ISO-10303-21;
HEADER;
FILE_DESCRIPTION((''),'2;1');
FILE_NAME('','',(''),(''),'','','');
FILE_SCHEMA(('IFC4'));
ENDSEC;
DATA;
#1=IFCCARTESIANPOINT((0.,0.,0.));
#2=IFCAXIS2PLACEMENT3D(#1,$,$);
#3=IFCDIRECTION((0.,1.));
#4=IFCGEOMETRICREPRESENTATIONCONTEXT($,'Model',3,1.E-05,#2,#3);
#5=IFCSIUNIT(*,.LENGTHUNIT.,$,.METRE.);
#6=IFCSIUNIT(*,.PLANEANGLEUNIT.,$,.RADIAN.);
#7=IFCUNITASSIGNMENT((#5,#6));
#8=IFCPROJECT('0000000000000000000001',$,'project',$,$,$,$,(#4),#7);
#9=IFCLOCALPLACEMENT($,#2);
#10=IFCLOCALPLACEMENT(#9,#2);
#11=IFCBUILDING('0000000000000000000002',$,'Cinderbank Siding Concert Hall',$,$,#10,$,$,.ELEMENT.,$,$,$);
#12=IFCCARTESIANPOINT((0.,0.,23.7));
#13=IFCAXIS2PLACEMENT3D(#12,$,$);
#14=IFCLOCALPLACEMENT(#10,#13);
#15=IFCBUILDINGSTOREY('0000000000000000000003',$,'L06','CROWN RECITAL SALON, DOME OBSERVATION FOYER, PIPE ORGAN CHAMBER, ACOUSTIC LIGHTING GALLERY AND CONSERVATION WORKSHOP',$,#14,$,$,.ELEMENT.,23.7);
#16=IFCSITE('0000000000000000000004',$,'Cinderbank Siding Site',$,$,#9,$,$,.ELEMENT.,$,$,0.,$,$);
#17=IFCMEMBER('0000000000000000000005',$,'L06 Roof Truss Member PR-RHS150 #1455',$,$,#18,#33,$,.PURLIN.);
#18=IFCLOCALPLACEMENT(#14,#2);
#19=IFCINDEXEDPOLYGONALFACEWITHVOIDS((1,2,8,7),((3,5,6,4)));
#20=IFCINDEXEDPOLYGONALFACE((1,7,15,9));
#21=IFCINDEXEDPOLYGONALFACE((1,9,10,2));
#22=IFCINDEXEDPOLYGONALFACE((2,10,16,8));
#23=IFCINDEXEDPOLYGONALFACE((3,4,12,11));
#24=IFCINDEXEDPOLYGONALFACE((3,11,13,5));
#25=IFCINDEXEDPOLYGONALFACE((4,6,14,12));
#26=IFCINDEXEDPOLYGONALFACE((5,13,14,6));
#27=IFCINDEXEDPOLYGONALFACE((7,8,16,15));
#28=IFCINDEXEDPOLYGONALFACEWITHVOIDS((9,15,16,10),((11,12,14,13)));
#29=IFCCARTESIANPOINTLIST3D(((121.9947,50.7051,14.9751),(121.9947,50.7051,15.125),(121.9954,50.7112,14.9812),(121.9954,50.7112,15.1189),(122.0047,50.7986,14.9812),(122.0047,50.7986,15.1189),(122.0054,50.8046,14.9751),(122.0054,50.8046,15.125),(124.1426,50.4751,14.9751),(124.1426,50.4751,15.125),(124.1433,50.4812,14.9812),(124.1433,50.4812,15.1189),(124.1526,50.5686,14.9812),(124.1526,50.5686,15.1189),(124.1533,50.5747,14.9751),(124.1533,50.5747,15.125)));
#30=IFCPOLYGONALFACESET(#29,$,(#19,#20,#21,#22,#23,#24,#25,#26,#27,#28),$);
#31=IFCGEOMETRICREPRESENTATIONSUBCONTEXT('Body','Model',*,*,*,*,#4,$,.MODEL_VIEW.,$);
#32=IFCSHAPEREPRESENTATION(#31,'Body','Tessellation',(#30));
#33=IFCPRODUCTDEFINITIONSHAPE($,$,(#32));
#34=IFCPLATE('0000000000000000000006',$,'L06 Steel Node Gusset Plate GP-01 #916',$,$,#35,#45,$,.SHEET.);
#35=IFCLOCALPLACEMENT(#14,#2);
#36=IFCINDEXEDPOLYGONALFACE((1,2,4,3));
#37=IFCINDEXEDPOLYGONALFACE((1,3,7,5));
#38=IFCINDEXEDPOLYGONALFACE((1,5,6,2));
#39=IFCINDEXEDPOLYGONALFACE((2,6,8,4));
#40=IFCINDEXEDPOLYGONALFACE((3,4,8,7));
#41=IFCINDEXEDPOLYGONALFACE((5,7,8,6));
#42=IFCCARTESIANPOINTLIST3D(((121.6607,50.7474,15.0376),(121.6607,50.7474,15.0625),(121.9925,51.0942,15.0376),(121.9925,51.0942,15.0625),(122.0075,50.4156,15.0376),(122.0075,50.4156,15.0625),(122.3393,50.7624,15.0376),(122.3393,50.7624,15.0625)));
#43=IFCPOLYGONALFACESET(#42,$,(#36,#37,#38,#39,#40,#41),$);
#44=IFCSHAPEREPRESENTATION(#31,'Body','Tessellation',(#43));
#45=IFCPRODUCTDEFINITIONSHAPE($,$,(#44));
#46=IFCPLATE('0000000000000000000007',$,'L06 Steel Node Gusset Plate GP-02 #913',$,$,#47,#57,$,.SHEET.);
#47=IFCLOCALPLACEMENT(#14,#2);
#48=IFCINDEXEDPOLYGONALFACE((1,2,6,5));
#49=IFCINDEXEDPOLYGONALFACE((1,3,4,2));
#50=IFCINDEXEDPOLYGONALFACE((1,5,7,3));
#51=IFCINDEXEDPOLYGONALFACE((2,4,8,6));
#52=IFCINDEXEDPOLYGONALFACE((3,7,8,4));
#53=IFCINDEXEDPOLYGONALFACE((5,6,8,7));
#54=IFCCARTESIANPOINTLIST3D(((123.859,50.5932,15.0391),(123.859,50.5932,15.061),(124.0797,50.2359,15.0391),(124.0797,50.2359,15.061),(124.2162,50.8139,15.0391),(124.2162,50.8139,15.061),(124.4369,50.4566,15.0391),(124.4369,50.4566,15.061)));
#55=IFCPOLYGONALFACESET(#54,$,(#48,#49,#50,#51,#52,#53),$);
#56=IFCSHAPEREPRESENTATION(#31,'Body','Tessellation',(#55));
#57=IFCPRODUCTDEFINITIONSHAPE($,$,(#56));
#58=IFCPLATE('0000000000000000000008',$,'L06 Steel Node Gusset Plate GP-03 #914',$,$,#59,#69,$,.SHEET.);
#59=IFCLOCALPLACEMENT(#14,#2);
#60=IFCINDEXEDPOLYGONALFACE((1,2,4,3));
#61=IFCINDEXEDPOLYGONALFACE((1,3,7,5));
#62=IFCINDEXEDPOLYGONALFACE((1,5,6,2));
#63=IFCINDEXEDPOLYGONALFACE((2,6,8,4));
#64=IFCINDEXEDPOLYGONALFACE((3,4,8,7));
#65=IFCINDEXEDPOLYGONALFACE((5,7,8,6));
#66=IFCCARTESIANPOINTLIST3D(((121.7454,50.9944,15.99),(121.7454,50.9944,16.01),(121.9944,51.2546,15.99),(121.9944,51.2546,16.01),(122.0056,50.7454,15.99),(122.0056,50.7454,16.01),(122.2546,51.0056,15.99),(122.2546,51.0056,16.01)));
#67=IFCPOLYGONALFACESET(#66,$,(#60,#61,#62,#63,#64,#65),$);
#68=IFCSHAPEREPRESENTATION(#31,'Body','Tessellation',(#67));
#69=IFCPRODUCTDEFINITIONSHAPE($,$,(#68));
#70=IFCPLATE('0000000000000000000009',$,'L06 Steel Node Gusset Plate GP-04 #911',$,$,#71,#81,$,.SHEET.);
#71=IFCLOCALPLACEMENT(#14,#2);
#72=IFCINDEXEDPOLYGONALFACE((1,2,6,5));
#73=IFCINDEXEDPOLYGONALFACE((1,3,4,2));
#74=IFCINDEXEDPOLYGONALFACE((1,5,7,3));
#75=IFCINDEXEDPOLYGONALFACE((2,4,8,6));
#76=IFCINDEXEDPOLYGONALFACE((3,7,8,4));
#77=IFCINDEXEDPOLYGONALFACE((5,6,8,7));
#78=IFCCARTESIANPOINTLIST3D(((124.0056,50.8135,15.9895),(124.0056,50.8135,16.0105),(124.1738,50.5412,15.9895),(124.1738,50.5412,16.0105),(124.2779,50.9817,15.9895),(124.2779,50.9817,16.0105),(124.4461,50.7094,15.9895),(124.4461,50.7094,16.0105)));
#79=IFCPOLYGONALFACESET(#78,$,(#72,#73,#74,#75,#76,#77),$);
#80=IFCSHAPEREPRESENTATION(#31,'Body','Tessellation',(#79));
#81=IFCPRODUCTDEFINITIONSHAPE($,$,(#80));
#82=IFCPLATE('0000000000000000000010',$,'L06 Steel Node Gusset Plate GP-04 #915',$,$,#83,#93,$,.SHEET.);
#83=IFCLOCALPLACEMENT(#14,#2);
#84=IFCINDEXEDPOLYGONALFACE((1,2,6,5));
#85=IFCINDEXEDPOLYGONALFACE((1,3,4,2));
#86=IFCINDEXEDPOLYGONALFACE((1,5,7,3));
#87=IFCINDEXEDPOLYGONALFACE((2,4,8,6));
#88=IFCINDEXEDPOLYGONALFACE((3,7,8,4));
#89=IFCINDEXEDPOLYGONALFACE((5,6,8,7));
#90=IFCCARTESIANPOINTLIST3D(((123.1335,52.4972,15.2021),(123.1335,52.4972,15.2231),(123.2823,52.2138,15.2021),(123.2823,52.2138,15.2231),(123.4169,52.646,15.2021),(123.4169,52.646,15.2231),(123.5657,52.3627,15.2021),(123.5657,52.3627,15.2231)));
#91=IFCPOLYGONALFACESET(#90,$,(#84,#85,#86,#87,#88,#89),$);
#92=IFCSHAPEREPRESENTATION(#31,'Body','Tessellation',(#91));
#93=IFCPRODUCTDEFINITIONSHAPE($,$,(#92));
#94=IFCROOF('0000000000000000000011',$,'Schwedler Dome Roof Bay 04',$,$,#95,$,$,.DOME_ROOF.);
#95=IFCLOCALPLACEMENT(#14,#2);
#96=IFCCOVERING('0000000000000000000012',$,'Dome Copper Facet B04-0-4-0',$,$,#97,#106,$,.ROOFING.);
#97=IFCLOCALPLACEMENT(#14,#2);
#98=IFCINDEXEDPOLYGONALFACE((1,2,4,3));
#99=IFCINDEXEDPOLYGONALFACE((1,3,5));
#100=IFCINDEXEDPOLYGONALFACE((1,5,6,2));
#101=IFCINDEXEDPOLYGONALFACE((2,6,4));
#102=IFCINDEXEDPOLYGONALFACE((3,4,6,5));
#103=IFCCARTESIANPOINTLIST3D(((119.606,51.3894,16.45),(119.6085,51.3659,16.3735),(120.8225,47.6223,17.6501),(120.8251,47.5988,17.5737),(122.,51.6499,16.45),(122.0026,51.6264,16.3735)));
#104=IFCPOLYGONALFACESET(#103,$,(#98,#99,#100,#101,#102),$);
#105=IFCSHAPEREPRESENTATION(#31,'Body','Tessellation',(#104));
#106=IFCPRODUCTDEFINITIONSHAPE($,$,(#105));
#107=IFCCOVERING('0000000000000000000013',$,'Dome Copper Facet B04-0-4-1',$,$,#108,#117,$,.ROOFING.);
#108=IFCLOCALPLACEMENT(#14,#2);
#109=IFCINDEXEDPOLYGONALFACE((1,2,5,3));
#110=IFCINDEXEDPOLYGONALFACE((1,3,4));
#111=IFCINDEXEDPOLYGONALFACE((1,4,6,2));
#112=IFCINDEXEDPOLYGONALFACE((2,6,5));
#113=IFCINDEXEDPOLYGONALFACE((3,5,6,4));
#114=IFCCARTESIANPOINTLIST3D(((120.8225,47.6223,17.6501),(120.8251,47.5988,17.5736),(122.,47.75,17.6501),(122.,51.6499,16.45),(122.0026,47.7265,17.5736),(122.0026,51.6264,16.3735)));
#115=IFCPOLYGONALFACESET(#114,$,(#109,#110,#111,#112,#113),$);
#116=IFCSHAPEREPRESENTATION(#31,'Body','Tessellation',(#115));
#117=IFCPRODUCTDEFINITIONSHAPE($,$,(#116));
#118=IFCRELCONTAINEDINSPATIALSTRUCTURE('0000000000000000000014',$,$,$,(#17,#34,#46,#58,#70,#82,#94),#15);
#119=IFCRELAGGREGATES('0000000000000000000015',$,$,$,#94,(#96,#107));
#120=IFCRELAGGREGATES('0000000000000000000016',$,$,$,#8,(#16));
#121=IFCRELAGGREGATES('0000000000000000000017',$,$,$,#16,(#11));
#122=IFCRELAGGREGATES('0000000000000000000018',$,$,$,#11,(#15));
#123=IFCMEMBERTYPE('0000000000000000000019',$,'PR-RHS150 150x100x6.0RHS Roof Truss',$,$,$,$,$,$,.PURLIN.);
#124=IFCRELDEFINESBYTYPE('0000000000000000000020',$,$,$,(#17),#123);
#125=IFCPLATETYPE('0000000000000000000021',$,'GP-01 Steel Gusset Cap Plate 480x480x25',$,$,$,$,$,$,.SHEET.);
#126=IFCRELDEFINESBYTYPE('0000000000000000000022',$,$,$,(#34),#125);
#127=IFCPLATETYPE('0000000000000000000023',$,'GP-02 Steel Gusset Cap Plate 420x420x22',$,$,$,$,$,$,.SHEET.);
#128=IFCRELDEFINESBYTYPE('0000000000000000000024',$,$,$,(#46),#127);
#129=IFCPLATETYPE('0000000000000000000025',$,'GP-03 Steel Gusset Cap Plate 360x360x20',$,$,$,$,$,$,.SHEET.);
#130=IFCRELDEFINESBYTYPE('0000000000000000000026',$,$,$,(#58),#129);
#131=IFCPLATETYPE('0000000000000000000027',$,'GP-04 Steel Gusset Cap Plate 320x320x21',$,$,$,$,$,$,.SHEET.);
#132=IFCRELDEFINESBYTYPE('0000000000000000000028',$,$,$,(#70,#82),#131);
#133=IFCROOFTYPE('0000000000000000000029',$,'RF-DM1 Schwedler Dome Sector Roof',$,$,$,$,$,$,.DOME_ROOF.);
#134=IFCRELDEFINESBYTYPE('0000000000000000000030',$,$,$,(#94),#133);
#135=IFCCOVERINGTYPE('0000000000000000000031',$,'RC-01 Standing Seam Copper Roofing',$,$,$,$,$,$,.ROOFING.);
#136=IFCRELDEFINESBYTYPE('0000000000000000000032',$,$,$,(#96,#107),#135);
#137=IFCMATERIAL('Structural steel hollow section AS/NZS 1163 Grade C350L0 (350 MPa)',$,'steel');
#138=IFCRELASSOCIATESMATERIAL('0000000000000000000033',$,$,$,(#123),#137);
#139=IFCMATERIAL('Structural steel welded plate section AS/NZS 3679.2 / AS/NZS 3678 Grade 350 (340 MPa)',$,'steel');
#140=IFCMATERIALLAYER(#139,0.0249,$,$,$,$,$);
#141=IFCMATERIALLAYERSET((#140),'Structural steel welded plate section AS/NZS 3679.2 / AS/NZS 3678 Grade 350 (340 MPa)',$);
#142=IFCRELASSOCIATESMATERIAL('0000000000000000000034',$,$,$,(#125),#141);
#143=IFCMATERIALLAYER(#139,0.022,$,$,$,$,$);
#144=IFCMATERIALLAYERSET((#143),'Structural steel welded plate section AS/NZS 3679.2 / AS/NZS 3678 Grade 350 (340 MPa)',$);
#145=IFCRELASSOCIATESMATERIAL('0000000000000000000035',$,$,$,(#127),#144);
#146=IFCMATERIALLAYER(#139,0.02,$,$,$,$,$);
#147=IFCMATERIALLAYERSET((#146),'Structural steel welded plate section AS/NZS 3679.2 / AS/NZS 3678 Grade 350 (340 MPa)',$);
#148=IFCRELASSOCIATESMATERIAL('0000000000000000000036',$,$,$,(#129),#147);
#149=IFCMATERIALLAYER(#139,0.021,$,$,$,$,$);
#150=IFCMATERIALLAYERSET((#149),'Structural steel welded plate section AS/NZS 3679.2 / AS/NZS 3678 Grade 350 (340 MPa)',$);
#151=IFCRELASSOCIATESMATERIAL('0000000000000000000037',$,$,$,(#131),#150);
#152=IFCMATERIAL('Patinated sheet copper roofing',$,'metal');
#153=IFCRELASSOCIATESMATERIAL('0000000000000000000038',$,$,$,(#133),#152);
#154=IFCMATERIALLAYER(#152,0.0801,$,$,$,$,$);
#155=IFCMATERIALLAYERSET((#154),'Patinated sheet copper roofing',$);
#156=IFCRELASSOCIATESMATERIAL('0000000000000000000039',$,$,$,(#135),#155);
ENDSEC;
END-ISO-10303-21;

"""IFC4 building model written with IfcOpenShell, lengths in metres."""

from ifc_helpers import new_model, si_unit, direction, frame, origin, origin_2d, place, context, subcontext, project, spatial, polyline, rectangle, hollow_rectangle, outline, extrude, material, layer, layer_set, material_profile, profile_set, type_object, element, aggregate, save


model = new_model("IFC4")

# Units and contexts
model_context = context("Model", 3, precision=1e-05, world=origin(), true_north=direction((0.0, 1.0)))
body_context = subcontext(model_context, "Body", "Model", "MODEL_VIEW")
ifc_project = project(units=[si_unit("LENGTHUNIT", "METRE"), si_unit("PLANEANGLEUNIT", "RADIAN")], contexts=[model_context])

# Site, building, storey
site_placement = place(None, origin())
site = spatial("IfcSite", under=ifc_project, at=site_placement, Name="Cinderbank Siding Site", CompositionType="ELEMENT", RefElevation=0.0)
building_placement = place(site_placement, origin())
building = spatial("IfcBuilding", under=site, at=building_placement, Name="Cinderbank Siding Concert Hall", CompositionType="ELEMENT")
storey_placement = place(building_placement, frame((0.0, 0.0, 23.7)))
storey = spatial("IfcBuildingStorey", under=building, at=storey_placement, Name="L06", Description="CROWN RECITAL SALON, DOME OBSERVATION FOYER, PIPE ORGAN CHAMBER, ACOUSTIC LIGHTING GALLERY AND CONSERVATION WORKSHOP", CompositionType="ELEMENT", Elevation=23.7)

# Member
ifc_material_1 = material(Name="Structural steel hollow section AS/NZS 1163 Grade C350L0 (350 MPa)", Category="steel")
ifc_material_profile_1 = material_profile(ifc_material_1, hollow_rectangle(XDim=0.1001, YDim=0.1499, WallThickness=0.0061, at=origin_2d()), Name="150x100x6.0RHS", Category="LoadBearing")
ifc_profile_set_1 = profile_set([ifc_material_profile_1], Name="Structural steel hollow section AS/NZS 1163 Grade C350L0 (350 MPa)")
member_type_1 = type_object("IfcMemberType", Name="PR-RHS150 150x100x6.0RHS Roof Truss", PredefinedType="PURLIN", material=ifc_profile_set_1)
member_1_placement = place(storey_placement, frame((124.1479, 50.5249, 15.05), z_axis=(-0.994317, 0.106461, 0.0), x_axis=(-0.106461, -0.994317, 0.0)))
element("IfcMember", 1, at=member_1_placement, inside=storey, type_object=member_type_1, Name="L06 Roof Truss Member PR-RHS150 #1455", PredefinedType="PURLIN", context=body_context, shape_type="SweptSolid", body=[
    extrude(hollow_rectangle(XDim=0.1001, YDim=0.1499, WallThickness=0.0061, at=origin_2d()), origin(), (0.0, 0.0, 1.0), 2.1602),
])

# Plates
ifc_material_2 = material(Name="Structural steel welded plate section AS/NZS 3679.2 / AS/NZS 3678 Grade 350 (340 MPa)", Category="steel")
ifc_layer_1 = layer(ifc_material_2, 0.0249)
ifc_layer_set_1 = layer_set([ifc_layer_1], Name="Structural steel welded plate section AS/NZS 3679.2 / AS/NZS 3678 Grade 350 (340 MPa)")
plate_type_1 = type_object("IfcPlateType", Name="GP-01 Steel Gusset Cap Plate 480x480x25", PredefinedType="SHEET", material=ifc_layer_set_1)
plate_1_placement = place(storey_placement, frame((122.0, 50.7549, 15.0376), z_axis=(0.0, 0.0, 1.0), x_axis=(-0.691261, -0.722605, 0.0)))
element("IfcPlate", 2, at=plate_1_placement, inside=storey, type_object=plate_type_1, Name="L06 Steel Node Gusset Plate GP-01 #916", PredefinedType="SHEET", context=body_context, shape_type="SweptSolid", body=[
    extrude(rectangle(XDim=0.48, YDim=0.48, at=origin_2d()), origin(), (0.0, 0.0, 1.0), 0.0249),
])
ifc_layer_2 = layer(ifc_material_2, 0.022)
ifc_layer_set_2 = layer_set([ifc_layer_2], Name="Structural steel welded plate section AS/NZS 3679.2 / AS/NZS 3678 Grade 350 (340 MPa)")
plate_type_2 = type_object("IfcPlateType", Name="GP-02 Steel Gusset Cap Plate 420x420x22", PredefinedType="SHEET", material=ifc_layer_set_2)
plate_2_placement = place(storey_placement, frame((124.1479, 50.5249, 15.0391), z_axis=(0.0, 0.0, 1.0), x_axis=(-0.850719, -0.52562, 0.0)))
element("IfcPlate", 3, at=plate_2_placement, inside=storey, type_object=plate_type_2, Name="L06 Steel Node Gusset Plate GP-02 #913", PredefinedType="SHEET", context=body_context, shape_type="SweptSolid", body=[
    extrude(rectangle(XDim=0.4199, YDim=0.4199, at=origin_2d()), origin(), (0.0, 0.0, 1.0), 0.022),
])
ifc_layer_3 = layer(ifc_material_2, 0.02)
ifc_layer_set_3 = layer_set([ifc_layer_3], Name="Structural steel welded plate section AS/NZS 3679.2 / AS/NZS 3678 Grade 350 (340 MPa)")
plate_type_3 = type_object("IfcPlateType", Name="GP-03 Steel Gusset Cap Plate 360x360x20", PredefinedType="SHEET", material=ifc_layer_set_3)
plate_3_placement = place(storey_placement, frame((122.0, 51.0, 15.99), z_axis=(0.0, 0.0, 1.0), x_axis=(-0.691261, -0.722605, 0.0)))
element("IfcPlate", 4, at=plate_3_placement, inside=storey, type_object=plate_type_3, Name="L06 Steel Node Gusset Plate GP-03 #914", PredefinedType="SHEET", context=body_context, shape_type="SweptSolid", body=[
    extrude(rectangle(XDim=0.3601, YDim=0.3601, at=origin_2d()), origin(), (0.0, 0.0, 1.0), 0.02),
])
ifc_layer_4 = layer(ifc_material_2, 0.021)
ifc_layer_set_4 = layer_set([ifc_layer_4], Name="Structural steel welded plate section AS/NZS 3679.2 / AS/NZS 3678 Grade 350 (340 MPa)")
plate_type_4 = type_object("IfcPlateType", Name="GP-04 Steel Gusset Cap Plate 320x320x21", PredefinedType="SHEET", material=ifc_layer_set_4)
for number, where, z_axis, x_axis, name in (
    (5, (124.2258, 50.7615, 15.9895), (0.0, 0.0, 1.0), (-0.850719, -0.52562, 0.0), "L06 Steel Node Gusset Plate GP-04 #911"),
    (6, (123.3496, 52.4299, 15.2021), (0.0, 0.0, 1.0), (0.464997, -0.885312, 0.0), "L06 Steel Node Gusset Plate GP-04 #915"),
):
    element("IfcPlate", number, at=place(storey_placement, frame(where, z_axis=z_axis, x_axis=x_axis)), inside=storey, type_object=plate_type_4, Name=name, PredefinedType="SHEET", context=body_context, shape_type="SweptSolid", body=[
        extrude(rectangle(XDim=0.3201, YDim=0.3201, at=origin_2d()), origin(), (0.0, 0.0, 1.0), 0.021),
    ])

# Roof, coverings
ifc_material_3 = material(Name="Patinated sheet copper roofing", Category="metal")
roof_type = type_object("IfcRoofType", Name="RF-DM1 Schwedler Dome Sector Roof", PredefinedType="DOME_ROOF", material=ifc_material_3)
roof_placement = place(storey_placement, origin())
roof = element("IfcRoof", 7, at=roof_placement, inside=storey, type_object=roof_type, Name="Schwedler Dome Roof Bay 04", PredefinedType="DOME_ROOF")
ifc_layer_5 = layer(ifc_material_3, 0.0801)
ifc_layer_set_5 = layer_set([ifc_layer_5], Name="Patinated sheet copper roofing")
covering_type = type_object("IfcCoveringType", Name="RC-01 Standing Seam Copper Roofing", PredefinedType="ROOFING", material=ifc_layer_set_5)
covering_1_placement = place(storey_placement, frame((122.0, 51.6499, 16.45), z_axis=(-0.031992, 0.294016, 0.955265), x_axis=(-0.994132, -0.108172, 0.0)))
covering_1 = element("IfcCovering", 8, at=covering_1_placement, type_object=covering_type, Name="Dome Copper Facet B04-0-4-0", PredefinedType="ROOFING", context=body_context, shape_type="SweptSolid", body=[
    extrude(outline(polyline([(0.0, 0.0), (2.4082, 0.0), (1.6063, 4.0581), (0.0, 0.0)])), origin(), (0.0, 0.0, -1.0), 0.0801),
])
covering_2_placement = place(storey_placement, frame((122.0, 51.6499, 16.45), z_axis=(-0.03188, 0.293987, 0.955278), x_axis=(-0.269791, -0.922817, 0.274994)))
covering_2 = element("IfcCovering", 9, at=covering_2_placement, type_object=covering_type, Name="Dome Copper Facet B04-0-4-1", PredefinedType="ROOFING", context=body_context, shape_type="SweptSolid", body=[
    extrude(outline(polyline([(0.0, 0.0), (4.3644, 0.0), (3.9289, 1.1014), (0.0, 0.0)])), origin(), (0.0, 0.0, -1.0), 0.0801),
])
aggregate(roof, [covering_1, covering_2])

save(model, "model.ifc")
